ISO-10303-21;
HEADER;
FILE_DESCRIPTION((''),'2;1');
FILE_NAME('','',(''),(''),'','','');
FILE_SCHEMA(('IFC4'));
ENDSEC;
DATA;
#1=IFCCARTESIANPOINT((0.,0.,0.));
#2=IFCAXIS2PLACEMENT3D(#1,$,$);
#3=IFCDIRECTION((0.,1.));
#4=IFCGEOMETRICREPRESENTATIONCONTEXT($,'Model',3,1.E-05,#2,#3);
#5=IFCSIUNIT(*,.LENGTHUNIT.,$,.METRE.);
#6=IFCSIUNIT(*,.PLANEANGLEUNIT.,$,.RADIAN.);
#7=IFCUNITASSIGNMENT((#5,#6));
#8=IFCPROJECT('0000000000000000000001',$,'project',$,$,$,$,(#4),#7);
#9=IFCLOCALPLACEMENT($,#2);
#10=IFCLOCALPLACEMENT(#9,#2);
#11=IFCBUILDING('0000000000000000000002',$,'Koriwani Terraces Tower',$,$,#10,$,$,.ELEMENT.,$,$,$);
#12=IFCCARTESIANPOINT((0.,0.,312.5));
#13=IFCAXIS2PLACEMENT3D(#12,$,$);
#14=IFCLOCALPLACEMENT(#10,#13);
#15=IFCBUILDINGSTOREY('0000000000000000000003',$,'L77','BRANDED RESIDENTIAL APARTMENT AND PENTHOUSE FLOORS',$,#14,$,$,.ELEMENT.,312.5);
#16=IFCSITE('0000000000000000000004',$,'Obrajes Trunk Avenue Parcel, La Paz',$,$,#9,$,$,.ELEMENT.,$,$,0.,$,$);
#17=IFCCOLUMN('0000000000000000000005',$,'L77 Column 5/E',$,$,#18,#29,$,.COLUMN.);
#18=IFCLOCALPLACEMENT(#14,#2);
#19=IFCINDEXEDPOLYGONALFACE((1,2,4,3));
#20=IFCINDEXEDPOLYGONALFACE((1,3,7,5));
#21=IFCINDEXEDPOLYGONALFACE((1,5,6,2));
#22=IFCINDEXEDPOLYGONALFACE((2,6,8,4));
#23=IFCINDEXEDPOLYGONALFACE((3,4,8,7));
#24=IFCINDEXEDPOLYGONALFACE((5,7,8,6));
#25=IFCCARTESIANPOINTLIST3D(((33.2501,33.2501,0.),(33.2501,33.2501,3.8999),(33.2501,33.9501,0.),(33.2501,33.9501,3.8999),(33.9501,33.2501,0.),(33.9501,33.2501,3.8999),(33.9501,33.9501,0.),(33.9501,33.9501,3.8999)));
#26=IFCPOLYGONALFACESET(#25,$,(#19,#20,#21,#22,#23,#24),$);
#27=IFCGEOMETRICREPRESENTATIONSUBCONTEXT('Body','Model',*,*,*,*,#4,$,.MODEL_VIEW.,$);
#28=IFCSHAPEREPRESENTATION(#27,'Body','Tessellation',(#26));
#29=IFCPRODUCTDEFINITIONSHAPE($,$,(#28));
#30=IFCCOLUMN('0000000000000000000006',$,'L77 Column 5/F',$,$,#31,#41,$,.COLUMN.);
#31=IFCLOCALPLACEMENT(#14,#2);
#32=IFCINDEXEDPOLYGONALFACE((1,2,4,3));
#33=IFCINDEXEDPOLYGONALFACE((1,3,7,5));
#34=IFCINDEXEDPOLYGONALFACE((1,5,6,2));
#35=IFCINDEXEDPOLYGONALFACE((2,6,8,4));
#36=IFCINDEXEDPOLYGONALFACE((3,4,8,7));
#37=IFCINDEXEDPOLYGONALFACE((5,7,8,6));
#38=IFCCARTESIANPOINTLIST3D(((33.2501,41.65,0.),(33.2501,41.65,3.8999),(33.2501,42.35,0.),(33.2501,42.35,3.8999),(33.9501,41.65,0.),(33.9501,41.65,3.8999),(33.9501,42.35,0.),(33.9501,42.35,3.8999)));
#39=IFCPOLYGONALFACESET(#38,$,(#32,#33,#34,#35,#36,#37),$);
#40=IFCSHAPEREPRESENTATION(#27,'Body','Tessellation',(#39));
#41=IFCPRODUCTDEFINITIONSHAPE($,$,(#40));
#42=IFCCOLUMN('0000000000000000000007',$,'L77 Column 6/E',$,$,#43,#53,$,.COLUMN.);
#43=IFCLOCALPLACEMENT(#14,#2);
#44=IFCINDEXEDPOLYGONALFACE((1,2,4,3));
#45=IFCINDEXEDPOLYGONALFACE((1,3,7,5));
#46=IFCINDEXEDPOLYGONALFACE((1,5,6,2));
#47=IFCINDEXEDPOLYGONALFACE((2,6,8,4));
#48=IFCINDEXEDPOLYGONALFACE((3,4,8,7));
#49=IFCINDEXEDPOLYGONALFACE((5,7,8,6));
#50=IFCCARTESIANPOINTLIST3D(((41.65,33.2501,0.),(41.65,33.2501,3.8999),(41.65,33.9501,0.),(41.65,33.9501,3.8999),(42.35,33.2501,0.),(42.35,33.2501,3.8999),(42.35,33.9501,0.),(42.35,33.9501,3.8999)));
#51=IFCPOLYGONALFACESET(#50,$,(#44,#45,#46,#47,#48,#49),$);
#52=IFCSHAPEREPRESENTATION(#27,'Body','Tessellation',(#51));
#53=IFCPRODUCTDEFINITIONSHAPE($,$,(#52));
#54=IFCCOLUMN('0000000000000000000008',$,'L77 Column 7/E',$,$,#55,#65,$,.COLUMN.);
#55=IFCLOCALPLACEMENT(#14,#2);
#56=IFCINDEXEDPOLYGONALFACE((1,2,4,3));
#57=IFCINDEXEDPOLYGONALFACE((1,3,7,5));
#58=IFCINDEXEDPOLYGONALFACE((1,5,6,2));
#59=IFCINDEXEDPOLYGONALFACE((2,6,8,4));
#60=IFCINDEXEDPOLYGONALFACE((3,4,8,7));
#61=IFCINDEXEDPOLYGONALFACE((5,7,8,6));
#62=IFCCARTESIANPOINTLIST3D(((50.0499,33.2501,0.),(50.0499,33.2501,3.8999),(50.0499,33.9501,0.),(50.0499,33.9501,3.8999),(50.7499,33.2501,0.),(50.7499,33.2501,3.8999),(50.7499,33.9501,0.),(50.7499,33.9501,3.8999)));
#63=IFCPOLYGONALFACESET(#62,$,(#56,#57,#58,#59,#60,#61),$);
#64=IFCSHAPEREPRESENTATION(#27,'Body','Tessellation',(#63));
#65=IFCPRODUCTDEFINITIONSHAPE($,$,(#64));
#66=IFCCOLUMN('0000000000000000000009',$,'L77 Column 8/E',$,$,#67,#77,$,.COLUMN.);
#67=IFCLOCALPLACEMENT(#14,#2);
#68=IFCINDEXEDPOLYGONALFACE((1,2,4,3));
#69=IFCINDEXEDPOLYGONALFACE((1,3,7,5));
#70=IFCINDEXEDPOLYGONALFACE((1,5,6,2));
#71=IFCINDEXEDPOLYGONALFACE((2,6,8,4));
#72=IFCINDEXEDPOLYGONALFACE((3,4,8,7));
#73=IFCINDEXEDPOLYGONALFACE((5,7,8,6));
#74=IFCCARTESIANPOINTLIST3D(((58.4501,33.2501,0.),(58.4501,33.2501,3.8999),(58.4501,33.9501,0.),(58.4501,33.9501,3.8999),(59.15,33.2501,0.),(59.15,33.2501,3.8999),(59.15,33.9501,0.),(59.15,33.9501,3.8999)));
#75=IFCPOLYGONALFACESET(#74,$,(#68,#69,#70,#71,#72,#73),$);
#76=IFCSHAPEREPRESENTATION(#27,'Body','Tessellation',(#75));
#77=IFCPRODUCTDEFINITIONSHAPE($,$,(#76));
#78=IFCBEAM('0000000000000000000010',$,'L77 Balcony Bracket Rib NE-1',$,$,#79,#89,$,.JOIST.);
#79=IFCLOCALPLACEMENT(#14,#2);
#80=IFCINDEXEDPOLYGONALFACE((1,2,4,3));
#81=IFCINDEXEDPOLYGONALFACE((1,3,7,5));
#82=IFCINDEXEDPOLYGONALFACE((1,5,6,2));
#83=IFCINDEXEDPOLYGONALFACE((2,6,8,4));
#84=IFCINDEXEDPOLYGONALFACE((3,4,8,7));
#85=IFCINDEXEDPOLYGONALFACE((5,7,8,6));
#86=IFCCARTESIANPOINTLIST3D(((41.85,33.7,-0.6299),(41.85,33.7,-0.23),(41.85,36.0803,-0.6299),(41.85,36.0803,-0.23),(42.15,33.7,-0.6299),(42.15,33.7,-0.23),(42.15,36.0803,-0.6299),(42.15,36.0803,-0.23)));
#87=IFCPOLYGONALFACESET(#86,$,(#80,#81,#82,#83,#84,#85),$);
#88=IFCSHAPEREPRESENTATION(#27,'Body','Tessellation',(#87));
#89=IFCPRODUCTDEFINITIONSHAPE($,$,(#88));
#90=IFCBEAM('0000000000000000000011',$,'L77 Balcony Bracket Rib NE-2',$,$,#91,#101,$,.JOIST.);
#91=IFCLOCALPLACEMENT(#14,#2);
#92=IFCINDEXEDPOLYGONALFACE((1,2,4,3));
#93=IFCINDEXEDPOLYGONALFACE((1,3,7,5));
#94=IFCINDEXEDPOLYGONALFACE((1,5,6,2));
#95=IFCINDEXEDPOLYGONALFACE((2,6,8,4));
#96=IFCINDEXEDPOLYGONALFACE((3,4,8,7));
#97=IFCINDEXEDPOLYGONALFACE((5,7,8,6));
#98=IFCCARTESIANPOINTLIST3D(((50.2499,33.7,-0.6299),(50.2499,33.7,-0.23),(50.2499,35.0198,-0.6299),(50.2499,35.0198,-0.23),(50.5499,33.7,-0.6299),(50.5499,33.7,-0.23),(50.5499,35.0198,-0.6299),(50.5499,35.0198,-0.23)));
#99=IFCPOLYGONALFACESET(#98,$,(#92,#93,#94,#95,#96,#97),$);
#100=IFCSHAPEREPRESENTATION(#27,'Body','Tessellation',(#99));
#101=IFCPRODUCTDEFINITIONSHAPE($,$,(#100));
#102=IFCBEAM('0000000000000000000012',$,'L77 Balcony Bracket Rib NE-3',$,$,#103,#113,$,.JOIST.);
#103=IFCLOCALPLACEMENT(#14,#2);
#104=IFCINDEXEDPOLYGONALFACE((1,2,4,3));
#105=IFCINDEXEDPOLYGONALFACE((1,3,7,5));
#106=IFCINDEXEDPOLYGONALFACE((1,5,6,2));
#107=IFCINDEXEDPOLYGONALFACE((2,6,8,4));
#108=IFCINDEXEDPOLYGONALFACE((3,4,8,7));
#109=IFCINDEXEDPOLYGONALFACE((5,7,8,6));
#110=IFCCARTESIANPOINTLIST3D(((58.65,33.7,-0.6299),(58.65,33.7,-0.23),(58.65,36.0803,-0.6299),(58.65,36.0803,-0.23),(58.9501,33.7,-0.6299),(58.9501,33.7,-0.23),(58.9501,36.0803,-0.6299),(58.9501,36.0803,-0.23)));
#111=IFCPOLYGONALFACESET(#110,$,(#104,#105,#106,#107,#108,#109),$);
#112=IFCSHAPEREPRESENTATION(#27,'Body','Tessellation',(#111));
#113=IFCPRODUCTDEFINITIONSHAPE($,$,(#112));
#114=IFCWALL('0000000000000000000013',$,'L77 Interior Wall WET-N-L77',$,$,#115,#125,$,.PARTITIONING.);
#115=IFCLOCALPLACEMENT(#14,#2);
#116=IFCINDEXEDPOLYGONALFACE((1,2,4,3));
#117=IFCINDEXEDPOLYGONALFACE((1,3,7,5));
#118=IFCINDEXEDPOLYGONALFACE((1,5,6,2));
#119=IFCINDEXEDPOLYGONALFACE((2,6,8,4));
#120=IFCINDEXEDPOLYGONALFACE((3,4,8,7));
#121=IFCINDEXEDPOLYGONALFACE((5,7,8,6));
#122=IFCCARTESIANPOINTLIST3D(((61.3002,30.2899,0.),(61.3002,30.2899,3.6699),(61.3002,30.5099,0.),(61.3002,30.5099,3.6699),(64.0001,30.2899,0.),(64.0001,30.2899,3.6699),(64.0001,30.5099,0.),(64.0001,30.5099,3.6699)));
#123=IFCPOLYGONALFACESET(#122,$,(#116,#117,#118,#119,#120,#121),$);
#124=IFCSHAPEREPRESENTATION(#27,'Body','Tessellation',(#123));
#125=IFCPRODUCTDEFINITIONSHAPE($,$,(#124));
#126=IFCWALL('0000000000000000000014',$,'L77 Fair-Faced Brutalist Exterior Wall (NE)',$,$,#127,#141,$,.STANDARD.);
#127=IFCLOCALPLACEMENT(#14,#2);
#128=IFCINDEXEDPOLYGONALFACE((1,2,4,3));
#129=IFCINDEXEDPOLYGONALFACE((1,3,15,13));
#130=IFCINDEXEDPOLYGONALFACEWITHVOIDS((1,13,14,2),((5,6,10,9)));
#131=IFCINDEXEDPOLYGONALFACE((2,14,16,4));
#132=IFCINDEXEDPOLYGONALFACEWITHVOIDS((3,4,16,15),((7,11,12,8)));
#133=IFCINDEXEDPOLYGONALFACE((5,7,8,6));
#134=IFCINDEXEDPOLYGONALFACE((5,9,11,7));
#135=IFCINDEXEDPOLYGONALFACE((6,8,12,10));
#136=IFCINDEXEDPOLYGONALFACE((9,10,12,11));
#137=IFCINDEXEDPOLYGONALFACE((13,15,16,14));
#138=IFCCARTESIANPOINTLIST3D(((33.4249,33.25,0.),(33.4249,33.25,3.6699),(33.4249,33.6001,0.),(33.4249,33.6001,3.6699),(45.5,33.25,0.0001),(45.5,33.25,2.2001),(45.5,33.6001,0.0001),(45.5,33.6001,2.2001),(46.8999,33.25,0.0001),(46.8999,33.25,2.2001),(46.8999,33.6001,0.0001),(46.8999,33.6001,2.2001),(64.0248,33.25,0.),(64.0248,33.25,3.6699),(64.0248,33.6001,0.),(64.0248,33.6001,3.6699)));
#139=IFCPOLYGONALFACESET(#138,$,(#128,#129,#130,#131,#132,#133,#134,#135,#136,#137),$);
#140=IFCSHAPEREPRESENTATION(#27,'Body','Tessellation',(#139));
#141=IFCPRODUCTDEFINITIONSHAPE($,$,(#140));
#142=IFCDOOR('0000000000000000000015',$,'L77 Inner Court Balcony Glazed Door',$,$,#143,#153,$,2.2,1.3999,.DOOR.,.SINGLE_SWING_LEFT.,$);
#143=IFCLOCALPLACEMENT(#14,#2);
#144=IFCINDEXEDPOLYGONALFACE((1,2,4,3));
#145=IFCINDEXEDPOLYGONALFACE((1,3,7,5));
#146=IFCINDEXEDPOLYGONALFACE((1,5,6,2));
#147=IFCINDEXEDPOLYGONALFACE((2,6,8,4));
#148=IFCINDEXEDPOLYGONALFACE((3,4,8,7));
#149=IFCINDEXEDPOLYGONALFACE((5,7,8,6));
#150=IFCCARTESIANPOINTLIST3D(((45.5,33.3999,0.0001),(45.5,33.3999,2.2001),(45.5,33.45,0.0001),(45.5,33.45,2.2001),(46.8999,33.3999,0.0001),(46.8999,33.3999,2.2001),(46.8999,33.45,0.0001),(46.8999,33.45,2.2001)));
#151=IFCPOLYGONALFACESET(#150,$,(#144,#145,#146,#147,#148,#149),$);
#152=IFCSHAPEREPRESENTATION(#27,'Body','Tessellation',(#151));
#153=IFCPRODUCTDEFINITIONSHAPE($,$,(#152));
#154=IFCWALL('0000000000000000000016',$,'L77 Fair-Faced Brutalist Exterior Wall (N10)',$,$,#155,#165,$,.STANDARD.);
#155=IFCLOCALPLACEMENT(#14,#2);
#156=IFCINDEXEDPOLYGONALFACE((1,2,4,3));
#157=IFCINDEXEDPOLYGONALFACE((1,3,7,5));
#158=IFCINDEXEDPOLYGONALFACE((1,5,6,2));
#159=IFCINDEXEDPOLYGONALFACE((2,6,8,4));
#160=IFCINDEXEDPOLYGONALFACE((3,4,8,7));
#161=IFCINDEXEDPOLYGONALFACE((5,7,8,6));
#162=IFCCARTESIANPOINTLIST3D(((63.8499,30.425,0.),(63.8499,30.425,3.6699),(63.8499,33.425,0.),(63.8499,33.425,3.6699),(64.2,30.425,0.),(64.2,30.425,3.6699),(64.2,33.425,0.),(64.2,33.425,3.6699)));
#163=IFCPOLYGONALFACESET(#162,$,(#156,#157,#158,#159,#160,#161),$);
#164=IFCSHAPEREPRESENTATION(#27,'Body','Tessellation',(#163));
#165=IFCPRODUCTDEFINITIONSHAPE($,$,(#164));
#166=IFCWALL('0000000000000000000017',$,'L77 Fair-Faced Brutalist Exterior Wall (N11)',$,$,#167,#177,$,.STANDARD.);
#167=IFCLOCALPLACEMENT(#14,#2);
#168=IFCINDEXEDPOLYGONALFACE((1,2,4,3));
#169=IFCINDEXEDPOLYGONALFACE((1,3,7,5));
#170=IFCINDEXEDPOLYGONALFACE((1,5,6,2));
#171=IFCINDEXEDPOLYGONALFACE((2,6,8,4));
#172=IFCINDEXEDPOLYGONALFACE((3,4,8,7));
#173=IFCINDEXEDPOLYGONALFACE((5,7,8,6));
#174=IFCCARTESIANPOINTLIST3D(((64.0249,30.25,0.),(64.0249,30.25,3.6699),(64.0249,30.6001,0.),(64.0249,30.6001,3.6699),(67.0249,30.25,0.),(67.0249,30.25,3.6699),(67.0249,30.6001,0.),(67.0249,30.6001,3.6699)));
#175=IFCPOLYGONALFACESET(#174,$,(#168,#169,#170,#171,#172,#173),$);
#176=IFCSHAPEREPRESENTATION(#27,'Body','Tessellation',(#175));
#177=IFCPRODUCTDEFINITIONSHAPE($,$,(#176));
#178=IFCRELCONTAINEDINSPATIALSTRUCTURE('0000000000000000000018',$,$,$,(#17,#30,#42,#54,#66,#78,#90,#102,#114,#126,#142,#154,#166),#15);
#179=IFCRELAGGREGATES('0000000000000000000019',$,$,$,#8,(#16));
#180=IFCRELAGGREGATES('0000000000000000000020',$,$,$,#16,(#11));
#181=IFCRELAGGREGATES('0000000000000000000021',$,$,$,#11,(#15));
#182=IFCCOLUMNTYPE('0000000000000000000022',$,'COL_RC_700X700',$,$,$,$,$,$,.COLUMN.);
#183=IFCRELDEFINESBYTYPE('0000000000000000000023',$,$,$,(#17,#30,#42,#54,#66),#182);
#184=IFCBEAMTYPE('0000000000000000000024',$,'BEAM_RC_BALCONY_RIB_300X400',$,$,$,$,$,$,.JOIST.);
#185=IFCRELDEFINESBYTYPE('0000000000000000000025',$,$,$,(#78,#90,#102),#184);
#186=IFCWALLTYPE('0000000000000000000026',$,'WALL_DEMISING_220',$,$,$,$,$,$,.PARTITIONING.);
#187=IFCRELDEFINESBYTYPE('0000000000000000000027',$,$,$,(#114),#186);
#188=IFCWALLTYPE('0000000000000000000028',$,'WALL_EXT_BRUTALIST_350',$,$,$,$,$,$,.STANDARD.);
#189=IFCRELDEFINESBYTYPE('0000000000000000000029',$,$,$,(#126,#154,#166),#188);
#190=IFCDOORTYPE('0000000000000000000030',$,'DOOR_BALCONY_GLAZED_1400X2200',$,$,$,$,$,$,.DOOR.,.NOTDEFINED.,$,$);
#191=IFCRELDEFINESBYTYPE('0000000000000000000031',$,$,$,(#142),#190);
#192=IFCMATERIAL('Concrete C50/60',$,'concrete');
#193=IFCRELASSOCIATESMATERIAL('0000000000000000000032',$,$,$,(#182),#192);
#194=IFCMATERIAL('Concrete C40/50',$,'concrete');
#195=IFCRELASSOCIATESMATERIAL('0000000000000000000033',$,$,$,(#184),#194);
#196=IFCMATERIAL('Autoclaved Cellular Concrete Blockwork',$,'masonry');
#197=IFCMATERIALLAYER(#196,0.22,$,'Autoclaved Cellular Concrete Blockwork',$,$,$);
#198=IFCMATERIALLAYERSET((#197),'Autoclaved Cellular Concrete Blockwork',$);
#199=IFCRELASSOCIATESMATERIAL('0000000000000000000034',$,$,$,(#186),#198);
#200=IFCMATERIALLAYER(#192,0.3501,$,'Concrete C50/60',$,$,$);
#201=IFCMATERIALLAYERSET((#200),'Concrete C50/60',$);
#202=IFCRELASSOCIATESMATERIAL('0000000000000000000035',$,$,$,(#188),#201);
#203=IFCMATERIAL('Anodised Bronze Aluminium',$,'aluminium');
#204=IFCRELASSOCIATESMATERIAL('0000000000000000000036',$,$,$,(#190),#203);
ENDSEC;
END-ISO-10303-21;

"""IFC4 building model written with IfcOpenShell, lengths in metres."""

from ifc_helpers import new_model, si_unit, direction, frame, frame_2d, origin, origin_2d, place, context, subcontext, project, spatial, rectangle, extrude, material, layer, layer_set, material_profile, profile_set, type_object, element, fill, save


model = new_model("IFC4")

# Units and contexts
model_context = context("Model", 3, precision=1e-05, world=origin(), true_north=direction((0.0, 1.0)))
body_context = subcontext(model_context, "Body", "Model", "MODEL_VIEW")
ifc_project = project(units=[si_unit("LENGTHUNIT", "METRE"), si_unit("PLANEANGLEUNIT", "RADIAN")], contexts=[model_context])

# Site, building, storey
site_placement = place(None, origin())
site = spatial("IfcSite", under=ifc_project, at=site_placement, Name="Obrajes Trunk Avenue Parcel, La Paz", CompositionType="ELEMENT", RefElevation=0.0)
building_placement = place(site_placement, origin())
building = spatial("IfcBuilding", under=site, at=building_placement, Name="Koriwani Terraces Tower", CompositionType="ELEMENT")
storey_placement = place(building_placement, frame((0.0, 0.0, 312.5)))
storey = spatial("IfcBuildingStorey", under=building, at=storey_placement, Name="L77", Description="BRANDED RESIDENTIAL APARTMENT AND PENTHOUSE FLOORS", CompositionType="ELEMENT", Elevation=312.5)

# Columns
ifc_material_1 = material(Name="Concrete C50/60", Category="concrete")
ifc_material_profile_1 = material_profile(ifc_material_1, rectangle(XDim=0.7, YDim=0.7, at=origin_2d()), Name="Concrete C50/60", Category="LoadBearing")
ifc_profile_set_1 = profile_set([ifc_material_profile_1], Name="Concrete C50/60")
column_type = type_object("IfcColumnType", Name="COL_RC_700X700", PredefinedType="COLUMN", material=ifc_profile_set_1)
for number, where, z_axis, x_axis, name in (
    (1, (33.6001, 33.6001, 0.0), (0.0, 0.0, 1.0), (1.0, 0.0, 0.0), "L77 Column 5/E"),
    (2, (33.6001, 42.0, 0.0), (0.0, 0.0, 1.0), (1.0, 0.0, 0.0), "L77 Column 5/F"),
    (3, (42.0, 33.6001, 0.0), (0.0, 0.0, 1.0), (1.0, 0.0, 0.0), "L77 Column 6/E"),
    (4, (50.3999, 33.6001, 0.0), (0.0, 0.0, 1.0), (1.0, 0.0, 0.0), "L77 Column 7/E"),
    (5, (58.8, 33.6001, 0.0), (0.0, 0.0, 1.0), (1.0, 0.0, 0.0), "L77 Column 8/E"),
):
    element("IfcColumn", number, at=place(storey_placement, frame(where, z_axis=z_axis, x_axis=x_axis)), inside=storey, type_object=column_type, Name=name, PredefinedType="COLUMN", context=body_context, shape_type="SweptSolid", body=[
        extrude(rectangle(XDim=0.7, YDim=0.7, at=origin_2d()), origin(), (0.0, 0.0, 1.0), 3.8999),
    ])

# Beams
ifc_material_2 = material(Name="Concrete C40/50", Category="concrete")
ifc_material_profile_2 = material_profile(ifc_material_2, rectangle(XDim=0.3, YDim=0.3999, at=origin_2d()), Name="Concrete C40/50", Category="LoadBearing")
ifc_profile_set_2 = profile_set([ifc_material_profile_2], Name="Concrete C40/50")
beam_type = type_object("IfcBeamType", Name="BEAM_RC_BALCONY_RIB_300X400", PredefinedType="JOIST", material=ifc_profile_set_2)
beam_1_placement = place(storey_placement, frame((42.0, 33.7, -0.4299), z_axis=(0.0, 1.0, 0.0), x_axis=(-1.0, 0.0, 0.0)))
element("IfcBeam", 6, at=beam_1_placement, inside=storey, type_object=beam_type, Name="L77 Balcony Bracket Rib NE-1", PredefinedType="JOIST", context=body_context, shape_type="SweptSolid", body=[
    extrude(rectangle(XDim=0.3, YDim=0.3999, at=origin_2d()), origin(), (0.0, 0.0, 1.0), 2.3804),
])
beam_2_placement = place(storey_placement, frame((50.3999, 33.7, -0.4299), z_axis=(0.0, 1.0, 0.0), x_axis=(-1.0, 0.0, 0.0)))
element("IfcBeam", 7, at=beam_2_placement, inside=storey, type_object=beam_type, Name="L77 Balcony Bracket Rib NE-2", PredefinedType="JOIST", context=body_context, shape_type="SweptSolid", body=[
    extrude(rectangle(XDim=0.3, YDim=0.3999, at=origin_2d()), origin(), (0.0, 0.0, 1.0), 1.3198),
])
beam_3_placement = place(storey_placement, frame((58.8, 33.7, -0.4299), z_axis=(0.0, 1.0, 0.0), x_axis=(-1.0, 0.0, 0.0)))
element("IfcBeam", 8, at=beam_3_placement, inside=storey, type_object=beam_type, Name="L77 Balcony Bracket Rib NE-3", PredefinedType="JOIST", context=body_context, shape_type="SweptSolid", body=[
    extrude(rectangle(XDim=0.3, YDim=0.3999, at=origin_2d()), origin(), (0.0, 0.0, 1.0), 2.3804),
])

# Wall
ifc_material_3 = material(Name="Autoclaved Cellular Concrete Blockwork", Category="masonry")
ifc_layer_1 = layer(ifc_material_3, 0.22, Name="Autoclaved Cellular Concrete Blockwork")
ifc_layer_set_1 = layer_set([ifc_layer_1], Name="Autoclaved Cellular Concrete Blockwork")
wall_type_1 = type_object("IfcWallType", Name="WALL_DEMISING_220", PredefinedType="PARTITIONING", material=ifc_layer_set_1)
wall_1_placement = place(storey_placement, frame((61.3, 30.3999, 0.0), z_axis=(0.0, 0.0, 1.0), x_axis=(1.0, 0.0, 0.0)))
element("IfcWall", 9, at=wall_1_placement, inside=storey, type_object=wall_type_1, Name="L77 Interior Wall WET-N-L77", PredefinedType="PARTITIONING", context=body_context, shape_type="SweptSolid", body=[
    extrude(rectangle(XDim=2.7, YDim=0.22, at=frame_2d((1.3501, 0.0))), origin(), (0.0, 0.0, 1.0), 3.6699),
])

# Wall, opening, door
ifc_layer_2 = layer(ifc_material_1, 0.3501, Name="Concrete C50/60")
ifc_layer_set_2 = layer_set([ifc_layer_2], Name="Concrete C50/60")
wall_type_2 = type_object("IfcWallType", Name="WALL_EXT_BRUTALIST_350", PredefinedType="STANDARD", material=ifc_layer_set_2)
wall_2_placement = place(storey_placement, frame((33.425, 33.425, 0.0), z_axis=(0.0, 0.0, 1.0), x_axis=(1.0, 0.0, 0.0)))
wall_2 = element("IfcWall", 10, at=wall_2_placement, inside=storey, type_object=wall_type_2, Name="L77 Fair-Faced Brutalist Exterior Wall (NE)", PredefinedType="STANDARD", context=body_context, shape_type="SweptSolid", body=[
    extrude(rectangle(XDim=30.5999, YDim=0.3501, at=frame_2d((15.2998, 0.0))), origin(), (0.0, 0.0, 1.0), 3.6699),
])
opening_1_placement = place(wall_2_placement, frame((12.075, 0.0, 0.0)))
opening_1 = element("IfcOpeningElement", 11, at=opening_1_placement, cuts=wall_2, PredefinedType="OPENING", context=body_context, shape_type="SweptSolid", body=[
    extrude(rectangle(XDim=1.3999, YDim=2.2, at=frame_2d((0.7, 1.1001))), frame((0.0, 0.1851, 0.0), z_axis=(0.0, -1.0, 0.0), x_axis=(1.0, 0.0, 0.0)), (0.0, 0.0, 1.0), 0.3701),
])
ifc_material_4 = material(Name="Anodised Bronze Aluminium", Category="aluminium")
door_type_1 = type_object("IfcDoorType", Name="DOOR_BALCONY_GLAZED_1400X2200", OperationType="NOTDEFINED", PredefinedType="DOOR", material=ifc_material_4)
door_1_placement = place(opening_1_placement, origin())
door_1 = element("IfcDoor", 12, at=door_1_placement, inside=storey, type_object=door_type_1, Name="L77 Inner Court Balcony Glazed Door", OperationType="SINGLE_SWING_LEFT", OverallHeight=2.2, OverallWidth=1.3999, PredefinedType="DOOR", context=body_context, shape_type="SweptSolid", body=[
    extrude(rectangle(XDim=1.3999, YDim=2.2, at=frame_2d((0.7, 1.1001))), frame((0.0, 0.0249, 0.0), z_axis=(0.0, -1.0, 0.0), x_axis=(1.0, 0.0, 0.0)), (0.0, 0.0, 1.0), 0.05),
])
fill(opening_1, door_1)

# Walls
for number, where, z_axis, x_axis, name in (
    (13, (64.0249, 33.425, 0.0), (0.0, 0.0, 1.0), (0.0, -1.0, 0.0), "L77 Fair-Faced Brutalist Exterior Wall (N10)"),
    (14, (64.0249, 30.425, 0.0), (0.0, 0.0, 1.0), (1.0, 0.0, 0.0), "L77 Fair-Faced Brutalist Exterior Wall (N11)"),
):
    element("IfcWall", number, at=place(storey_placement, frame(where, z_axis=z_axis, x_axis=x_axis)), inside=storey, type_object=wall_type_2, Name=name, PredefinedType="STANDARD", context=body_context, shape_type="SweptSolid", body=[
        extrude(rectangle(XDim=3.0, YDim=0.3501, at=frame_2d((1.5, 0.0))), origin(), (0.0, 0.0, 1.0), 3.6699),
    ])

save(model, "model.ifc")
